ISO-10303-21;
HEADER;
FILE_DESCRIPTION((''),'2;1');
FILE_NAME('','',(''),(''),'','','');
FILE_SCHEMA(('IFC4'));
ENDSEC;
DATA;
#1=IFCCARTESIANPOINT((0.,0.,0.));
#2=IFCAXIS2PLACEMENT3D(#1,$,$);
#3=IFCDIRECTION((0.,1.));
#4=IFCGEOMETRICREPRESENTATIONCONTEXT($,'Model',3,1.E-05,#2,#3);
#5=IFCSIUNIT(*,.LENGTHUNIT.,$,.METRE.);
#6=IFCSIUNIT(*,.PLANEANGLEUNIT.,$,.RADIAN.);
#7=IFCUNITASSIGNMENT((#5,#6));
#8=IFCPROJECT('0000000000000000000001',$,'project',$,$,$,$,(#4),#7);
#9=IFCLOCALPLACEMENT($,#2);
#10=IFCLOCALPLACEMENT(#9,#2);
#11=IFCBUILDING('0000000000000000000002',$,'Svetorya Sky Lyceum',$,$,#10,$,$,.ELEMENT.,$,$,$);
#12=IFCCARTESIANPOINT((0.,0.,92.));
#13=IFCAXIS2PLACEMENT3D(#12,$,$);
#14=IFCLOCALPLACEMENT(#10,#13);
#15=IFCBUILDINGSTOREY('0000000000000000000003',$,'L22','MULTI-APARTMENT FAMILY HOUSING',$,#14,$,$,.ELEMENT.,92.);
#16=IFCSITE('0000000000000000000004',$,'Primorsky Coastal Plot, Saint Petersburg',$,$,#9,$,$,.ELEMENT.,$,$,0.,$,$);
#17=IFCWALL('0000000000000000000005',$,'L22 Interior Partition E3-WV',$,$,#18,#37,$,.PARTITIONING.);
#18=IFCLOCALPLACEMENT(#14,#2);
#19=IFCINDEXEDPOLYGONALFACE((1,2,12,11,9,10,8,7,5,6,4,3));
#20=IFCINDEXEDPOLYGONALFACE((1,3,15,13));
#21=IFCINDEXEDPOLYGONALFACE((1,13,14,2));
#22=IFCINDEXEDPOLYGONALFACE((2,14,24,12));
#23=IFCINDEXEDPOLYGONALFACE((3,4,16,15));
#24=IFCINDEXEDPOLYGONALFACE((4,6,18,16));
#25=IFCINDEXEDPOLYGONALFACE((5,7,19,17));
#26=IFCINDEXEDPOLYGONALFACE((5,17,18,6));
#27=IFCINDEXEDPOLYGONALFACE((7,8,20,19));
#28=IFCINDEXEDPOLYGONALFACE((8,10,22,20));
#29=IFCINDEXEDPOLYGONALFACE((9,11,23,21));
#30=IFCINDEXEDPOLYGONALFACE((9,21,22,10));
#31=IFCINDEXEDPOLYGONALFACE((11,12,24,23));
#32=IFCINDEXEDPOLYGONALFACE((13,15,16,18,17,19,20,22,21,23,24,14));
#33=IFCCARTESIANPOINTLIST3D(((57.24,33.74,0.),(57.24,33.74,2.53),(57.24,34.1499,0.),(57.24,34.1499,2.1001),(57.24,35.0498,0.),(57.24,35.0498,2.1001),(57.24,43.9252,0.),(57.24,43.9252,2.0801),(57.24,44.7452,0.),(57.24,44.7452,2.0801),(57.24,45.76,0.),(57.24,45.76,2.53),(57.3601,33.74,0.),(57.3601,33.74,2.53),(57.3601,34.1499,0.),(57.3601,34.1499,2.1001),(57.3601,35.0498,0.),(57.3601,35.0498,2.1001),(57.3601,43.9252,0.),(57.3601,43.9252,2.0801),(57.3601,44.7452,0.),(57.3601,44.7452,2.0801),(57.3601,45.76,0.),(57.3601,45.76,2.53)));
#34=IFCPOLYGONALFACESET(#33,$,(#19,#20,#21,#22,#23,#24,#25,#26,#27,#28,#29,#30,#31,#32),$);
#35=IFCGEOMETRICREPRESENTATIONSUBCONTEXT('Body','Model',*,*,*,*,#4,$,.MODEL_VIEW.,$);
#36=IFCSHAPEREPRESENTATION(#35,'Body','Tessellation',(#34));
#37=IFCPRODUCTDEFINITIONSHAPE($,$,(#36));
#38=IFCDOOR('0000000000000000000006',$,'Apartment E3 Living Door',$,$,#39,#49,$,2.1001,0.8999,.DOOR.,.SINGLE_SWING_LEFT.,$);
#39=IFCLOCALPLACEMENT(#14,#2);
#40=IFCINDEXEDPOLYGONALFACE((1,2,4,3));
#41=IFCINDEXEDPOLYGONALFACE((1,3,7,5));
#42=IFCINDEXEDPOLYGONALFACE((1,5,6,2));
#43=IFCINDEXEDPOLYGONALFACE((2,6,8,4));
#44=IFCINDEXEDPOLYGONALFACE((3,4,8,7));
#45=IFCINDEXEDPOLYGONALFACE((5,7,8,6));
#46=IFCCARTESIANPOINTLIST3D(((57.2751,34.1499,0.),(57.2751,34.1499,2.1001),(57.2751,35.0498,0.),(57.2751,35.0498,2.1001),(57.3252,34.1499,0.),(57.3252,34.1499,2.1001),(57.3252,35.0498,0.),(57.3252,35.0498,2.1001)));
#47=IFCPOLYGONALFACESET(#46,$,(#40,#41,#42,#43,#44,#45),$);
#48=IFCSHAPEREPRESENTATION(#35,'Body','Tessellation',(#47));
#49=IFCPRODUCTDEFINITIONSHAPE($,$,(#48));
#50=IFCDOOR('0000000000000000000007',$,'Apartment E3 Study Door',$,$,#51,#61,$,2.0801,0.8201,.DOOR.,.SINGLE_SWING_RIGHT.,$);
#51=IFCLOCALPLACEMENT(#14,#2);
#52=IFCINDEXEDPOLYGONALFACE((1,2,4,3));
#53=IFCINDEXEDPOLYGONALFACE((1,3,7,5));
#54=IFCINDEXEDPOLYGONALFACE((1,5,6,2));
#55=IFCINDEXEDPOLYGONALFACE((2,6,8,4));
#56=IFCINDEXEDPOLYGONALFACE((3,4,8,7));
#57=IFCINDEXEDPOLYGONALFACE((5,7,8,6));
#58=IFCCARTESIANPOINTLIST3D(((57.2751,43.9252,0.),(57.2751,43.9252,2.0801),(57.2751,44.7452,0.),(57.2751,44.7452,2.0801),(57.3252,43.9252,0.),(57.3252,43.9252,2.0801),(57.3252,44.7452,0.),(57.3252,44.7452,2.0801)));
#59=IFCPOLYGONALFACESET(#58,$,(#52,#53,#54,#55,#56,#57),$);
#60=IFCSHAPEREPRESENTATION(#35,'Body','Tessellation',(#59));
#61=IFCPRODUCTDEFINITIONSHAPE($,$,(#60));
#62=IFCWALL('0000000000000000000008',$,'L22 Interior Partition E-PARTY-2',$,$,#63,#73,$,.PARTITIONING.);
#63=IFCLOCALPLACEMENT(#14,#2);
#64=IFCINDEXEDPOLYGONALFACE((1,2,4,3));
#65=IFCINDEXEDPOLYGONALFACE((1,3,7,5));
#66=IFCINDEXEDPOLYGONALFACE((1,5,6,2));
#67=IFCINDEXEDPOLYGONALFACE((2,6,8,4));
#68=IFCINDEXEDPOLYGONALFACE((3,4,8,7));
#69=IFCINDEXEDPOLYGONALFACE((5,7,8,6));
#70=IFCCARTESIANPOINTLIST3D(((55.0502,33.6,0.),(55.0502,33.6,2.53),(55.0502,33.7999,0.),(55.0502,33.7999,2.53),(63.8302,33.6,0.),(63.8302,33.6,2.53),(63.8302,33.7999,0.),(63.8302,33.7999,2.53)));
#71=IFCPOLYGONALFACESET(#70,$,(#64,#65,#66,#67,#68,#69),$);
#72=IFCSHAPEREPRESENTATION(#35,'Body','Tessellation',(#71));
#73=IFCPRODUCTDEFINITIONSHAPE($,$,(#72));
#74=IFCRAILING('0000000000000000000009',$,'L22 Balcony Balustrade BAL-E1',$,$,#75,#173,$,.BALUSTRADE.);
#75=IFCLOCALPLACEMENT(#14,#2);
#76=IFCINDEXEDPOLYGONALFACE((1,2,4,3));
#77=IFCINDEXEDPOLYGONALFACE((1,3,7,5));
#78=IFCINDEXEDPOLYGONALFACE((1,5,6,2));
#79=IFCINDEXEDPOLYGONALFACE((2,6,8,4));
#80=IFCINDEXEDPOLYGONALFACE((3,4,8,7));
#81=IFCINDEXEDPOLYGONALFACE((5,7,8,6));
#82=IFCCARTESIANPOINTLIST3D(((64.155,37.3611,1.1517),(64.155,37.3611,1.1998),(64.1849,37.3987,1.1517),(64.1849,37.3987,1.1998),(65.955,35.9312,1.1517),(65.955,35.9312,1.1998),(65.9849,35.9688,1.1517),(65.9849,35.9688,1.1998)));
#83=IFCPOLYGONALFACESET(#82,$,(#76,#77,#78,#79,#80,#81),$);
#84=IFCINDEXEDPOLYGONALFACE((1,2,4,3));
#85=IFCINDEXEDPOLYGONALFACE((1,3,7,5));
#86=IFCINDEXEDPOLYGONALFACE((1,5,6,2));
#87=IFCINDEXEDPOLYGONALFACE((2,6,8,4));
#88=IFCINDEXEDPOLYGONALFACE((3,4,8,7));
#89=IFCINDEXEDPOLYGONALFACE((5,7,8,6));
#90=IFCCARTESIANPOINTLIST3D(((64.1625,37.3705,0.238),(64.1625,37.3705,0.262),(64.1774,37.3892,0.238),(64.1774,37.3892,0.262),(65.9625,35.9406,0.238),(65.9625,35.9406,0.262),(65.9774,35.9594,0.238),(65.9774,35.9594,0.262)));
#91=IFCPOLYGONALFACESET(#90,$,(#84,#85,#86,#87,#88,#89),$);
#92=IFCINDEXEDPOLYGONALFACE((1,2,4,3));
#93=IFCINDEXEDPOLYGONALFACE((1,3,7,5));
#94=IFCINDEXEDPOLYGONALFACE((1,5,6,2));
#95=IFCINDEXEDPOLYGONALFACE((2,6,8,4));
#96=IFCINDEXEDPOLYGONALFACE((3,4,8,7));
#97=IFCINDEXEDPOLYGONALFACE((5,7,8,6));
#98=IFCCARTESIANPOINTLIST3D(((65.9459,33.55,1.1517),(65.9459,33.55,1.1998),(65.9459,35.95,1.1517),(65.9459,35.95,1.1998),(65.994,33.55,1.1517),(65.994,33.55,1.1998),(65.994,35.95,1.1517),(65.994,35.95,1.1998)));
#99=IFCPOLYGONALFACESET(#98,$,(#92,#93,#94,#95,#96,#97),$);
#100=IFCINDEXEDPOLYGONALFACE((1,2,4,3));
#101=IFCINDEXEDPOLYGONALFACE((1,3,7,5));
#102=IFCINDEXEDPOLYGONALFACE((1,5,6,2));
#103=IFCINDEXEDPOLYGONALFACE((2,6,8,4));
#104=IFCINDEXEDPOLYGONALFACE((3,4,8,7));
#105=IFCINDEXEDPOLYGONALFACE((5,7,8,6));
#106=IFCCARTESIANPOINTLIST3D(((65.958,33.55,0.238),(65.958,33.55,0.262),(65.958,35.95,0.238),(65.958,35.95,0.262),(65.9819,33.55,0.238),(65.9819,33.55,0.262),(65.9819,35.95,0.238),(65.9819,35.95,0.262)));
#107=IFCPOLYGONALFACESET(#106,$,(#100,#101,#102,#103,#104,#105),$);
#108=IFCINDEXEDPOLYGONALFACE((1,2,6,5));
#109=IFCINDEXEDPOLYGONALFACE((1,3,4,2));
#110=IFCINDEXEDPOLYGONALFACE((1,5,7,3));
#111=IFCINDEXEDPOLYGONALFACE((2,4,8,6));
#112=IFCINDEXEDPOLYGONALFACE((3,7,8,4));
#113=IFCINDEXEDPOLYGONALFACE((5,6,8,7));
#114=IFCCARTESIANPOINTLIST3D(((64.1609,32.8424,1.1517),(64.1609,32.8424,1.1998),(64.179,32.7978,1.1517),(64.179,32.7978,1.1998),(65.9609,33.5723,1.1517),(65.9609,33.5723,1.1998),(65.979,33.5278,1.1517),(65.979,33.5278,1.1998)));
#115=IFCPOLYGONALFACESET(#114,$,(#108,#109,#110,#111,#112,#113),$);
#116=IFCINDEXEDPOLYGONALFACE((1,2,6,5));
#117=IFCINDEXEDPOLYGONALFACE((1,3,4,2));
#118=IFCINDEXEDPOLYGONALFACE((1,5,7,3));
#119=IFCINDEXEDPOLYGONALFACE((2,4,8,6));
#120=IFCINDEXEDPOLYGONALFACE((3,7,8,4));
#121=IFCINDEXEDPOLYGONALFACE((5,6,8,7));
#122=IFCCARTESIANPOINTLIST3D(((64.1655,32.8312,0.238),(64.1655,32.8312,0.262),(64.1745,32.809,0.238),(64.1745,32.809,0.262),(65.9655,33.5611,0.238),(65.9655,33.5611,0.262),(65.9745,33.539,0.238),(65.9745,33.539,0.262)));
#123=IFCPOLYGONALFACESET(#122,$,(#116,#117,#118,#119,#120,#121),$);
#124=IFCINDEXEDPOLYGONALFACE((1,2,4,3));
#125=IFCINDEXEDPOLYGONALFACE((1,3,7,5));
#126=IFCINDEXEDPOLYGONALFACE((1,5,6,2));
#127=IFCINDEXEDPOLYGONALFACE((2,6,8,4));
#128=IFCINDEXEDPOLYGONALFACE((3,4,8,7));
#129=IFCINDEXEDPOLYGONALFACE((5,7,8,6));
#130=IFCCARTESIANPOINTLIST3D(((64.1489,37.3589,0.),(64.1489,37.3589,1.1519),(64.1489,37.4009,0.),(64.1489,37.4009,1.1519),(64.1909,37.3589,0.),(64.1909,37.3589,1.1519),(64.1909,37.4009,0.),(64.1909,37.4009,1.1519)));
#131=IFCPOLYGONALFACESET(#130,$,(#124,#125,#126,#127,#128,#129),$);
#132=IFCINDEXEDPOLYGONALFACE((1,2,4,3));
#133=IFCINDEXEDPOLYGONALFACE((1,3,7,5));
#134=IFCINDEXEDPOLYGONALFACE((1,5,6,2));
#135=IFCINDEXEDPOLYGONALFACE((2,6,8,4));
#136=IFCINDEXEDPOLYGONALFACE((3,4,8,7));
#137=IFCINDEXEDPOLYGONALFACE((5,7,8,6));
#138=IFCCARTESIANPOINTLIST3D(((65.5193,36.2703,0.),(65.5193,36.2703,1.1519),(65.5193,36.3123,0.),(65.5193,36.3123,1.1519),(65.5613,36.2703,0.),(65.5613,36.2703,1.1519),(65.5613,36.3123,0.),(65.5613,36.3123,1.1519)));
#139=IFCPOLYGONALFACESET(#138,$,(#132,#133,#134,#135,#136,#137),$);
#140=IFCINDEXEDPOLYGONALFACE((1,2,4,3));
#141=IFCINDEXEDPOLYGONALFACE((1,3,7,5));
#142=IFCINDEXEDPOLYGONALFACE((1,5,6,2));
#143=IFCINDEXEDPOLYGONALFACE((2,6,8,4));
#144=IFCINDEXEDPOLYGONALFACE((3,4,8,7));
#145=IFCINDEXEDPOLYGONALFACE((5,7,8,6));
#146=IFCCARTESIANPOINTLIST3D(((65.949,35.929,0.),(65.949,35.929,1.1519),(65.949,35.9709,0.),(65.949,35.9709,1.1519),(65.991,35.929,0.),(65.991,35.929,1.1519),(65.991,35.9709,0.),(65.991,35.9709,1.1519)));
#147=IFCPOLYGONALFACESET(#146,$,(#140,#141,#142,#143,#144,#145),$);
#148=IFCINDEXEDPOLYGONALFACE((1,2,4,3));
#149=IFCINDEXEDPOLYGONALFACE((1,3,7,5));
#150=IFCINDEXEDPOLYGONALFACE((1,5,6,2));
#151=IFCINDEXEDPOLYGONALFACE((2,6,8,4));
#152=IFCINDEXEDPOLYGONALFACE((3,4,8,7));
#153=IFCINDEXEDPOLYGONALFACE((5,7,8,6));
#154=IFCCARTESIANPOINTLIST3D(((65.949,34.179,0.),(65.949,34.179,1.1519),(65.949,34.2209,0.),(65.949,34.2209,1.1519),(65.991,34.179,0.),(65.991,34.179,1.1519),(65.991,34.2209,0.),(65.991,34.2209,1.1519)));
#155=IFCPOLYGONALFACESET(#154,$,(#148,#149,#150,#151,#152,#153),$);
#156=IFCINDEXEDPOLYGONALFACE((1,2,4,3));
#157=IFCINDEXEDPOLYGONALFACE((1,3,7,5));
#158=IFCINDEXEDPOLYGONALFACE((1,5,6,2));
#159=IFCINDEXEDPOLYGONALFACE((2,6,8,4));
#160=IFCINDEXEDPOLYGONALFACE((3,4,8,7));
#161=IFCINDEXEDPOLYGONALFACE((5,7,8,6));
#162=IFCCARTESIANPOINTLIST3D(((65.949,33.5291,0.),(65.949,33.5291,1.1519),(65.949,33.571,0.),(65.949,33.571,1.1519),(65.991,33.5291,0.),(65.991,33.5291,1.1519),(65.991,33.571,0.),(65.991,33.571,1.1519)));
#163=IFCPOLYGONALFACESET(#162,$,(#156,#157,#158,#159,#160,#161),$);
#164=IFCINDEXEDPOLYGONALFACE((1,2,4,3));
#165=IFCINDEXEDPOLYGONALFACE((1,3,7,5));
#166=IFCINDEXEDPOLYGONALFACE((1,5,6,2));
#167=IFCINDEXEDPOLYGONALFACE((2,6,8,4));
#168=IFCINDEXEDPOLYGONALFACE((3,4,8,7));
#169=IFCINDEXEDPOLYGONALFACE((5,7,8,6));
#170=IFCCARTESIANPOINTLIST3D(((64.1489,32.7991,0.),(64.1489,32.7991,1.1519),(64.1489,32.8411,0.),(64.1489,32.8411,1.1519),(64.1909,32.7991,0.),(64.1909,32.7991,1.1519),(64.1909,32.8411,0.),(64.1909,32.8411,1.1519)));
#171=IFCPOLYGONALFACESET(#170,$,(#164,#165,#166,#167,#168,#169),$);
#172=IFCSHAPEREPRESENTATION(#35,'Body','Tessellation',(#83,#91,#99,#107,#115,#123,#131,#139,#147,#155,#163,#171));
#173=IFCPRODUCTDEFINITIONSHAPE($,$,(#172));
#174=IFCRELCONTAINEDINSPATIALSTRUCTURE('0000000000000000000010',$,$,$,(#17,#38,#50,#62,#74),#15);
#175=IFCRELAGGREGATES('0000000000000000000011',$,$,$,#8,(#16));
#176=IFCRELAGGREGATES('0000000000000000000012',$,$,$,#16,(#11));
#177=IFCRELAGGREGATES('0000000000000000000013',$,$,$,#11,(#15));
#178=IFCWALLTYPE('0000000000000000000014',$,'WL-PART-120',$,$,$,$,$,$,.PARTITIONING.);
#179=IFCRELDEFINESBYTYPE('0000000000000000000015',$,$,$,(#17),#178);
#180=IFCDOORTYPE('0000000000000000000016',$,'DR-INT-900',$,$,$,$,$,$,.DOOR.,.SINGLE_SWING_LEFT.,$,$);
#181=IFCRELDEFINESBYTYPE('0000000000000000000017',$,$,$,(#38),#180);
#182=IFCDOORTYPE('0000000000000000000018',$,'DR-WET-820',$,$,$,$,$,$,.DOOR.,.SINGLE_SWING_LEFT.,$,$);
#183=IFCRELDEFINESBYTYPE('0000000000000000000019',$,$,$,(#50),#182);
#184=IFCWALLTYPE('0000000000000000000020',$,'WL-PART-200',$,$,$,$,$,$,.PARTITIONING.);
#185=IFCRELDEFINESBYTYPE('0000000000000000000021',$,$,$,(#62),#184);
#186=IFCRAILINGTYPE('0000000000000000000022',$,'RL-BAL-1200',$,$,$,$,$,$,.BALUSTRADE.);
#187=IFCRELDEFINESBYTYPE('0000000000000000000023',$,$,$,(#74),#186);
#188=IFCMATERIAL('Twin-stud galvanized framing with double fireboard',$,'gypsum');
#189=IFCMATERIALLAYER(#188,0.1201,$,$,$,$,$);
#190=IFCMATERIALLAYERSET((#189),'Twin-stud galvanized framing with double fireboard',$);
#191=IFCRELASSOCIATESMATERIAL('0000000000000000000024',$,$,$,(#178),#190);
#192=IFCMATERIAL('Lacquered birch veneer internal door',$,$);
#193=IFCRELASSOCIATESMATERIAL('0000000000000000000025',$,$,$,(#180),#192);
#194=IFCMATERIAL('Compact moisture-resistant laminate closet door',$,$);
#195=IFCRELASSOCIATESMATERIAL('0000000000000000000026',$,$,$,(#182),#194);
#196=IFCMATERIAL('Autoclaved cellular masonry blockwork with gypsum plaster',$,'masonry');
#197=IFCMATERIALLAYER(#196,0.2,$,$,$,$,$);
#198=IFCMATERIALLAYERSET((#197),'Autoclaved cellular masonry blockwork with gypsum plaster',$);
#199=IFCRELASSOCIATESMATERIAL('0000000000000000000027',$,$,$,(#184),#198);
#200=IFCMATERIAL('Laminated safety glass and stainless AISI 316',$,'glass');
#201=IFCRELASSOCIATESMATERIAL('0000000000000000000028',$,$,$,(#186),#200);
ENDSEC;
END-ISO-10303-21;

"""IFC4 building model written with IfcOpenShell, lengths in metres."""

from ifc_helpers import new_model, si_unit, direction, frame, frame_2d, origin, origin_2d, place, context, subcontext, project, spatial, rectangle, extrude, material, layer, layer_set, type_object, element, fill, save


model = new_model("IFC4")

# Units and contexts
model_context = context("Model", 3, precision=1e-05, world=origin(), true_north=direction((0.0, 1.0)))
body_context = subcontext(model_context, "Body", "Model", "MODEL_VIEW")
ifc_project = project(units=[si_unit("LENGTHUNIT", "METRE"), si_unit("PLANEANGLEUNIT", "RADIAN")], contexts=[model_context])

# Site, building, storey
site_placement = place(None, origin())
site = spatial("IfcSite", under=ifc_project, at=site_placement, Name="Primorsky Coastal Plot, Saint Petersburg", CompositionType="ELEMENT", RefElevation=0.0)
building_placement = place(site_placement, origin())
building = spatial("IfcBuilding", under=site, at=building_placement, Name="Svetorya Sky Lyceum", CompositionType="ELEMENT")
storey_placement = place(building_placement, frame((0.0, 0.0, 92.0)))
storey = spatial("IfcBuildingStorey", under=building, at=storey_placement, Name="L22", Description="MULTI-APARTMENT FAMILY HOUSING", CompositionType="ELEMENT", Elevation=92.0)

# Shared definitions
ifc_material_1 = material(Name="Twin-stud galvanized framing with double fireboard", Category="gypsum")
ifc_layer_1 = layer(ifc_material_1, 0.1201)
ifc_layer_set_1 = layer_set([ifc_layer_1], Name="Twin-stud galvanized framing with double fireboard")
wall_type_1 = type_object("IfcWallType", Name="WL-PART-120", PredefinedType="PARTITIONING", material=ifc_layer_set_1)
ifc_material_2 = material(Name="Lacquered birch veneer internal door")
door_type_1 = type_object("IfcDoorType", Name="DR-INT-900", OperationType="SINGLE_SWING_LEFT", PredefinedType="DOOR", material=ifc_material_2)

# Wall, openings, doors
wall_1_placement = place(storey_placement, frame((57.3, 33.74, 0.0), z_axis=(0.0, 0.0, 1.0), x_axis=(0.0, 1.0, 0.0)))
wall_1 = element("IfcWall", 1, at=wall_1_placement, inside=storey, type_object=wall_type_1, Name="L22 Interior Partition E3-WV", PredefinedType="PARTITIONING", context=body_context, shape_type="SweptSolid", body=[
    extrude(rectangle(XDim=12.02, YDim=0.1201, at=frame_2d((6.01, 0.0))), origin(), (0.0, 0.0, 1.0), 2.53),
])
opening_1_placement = place(wall_1_placement, frame((0.4099, 0.0, 0.0)))
opening_1 = element("IfcOpeningElement", 2, at=opening_1_placement, cuts=wall_1, PredefinedType="OPENING", context=body_context, shape_type="SweptSolid", body=[
    extrude(rectangle(XDim=0.8999, YDim=2.1001, at=frame_2d((0.45, 1.05))), frame((0.0, 0.0701, 0.0), z_axis=(0.0, -1.0, 0.0), x_axis=(1.0, 0.0, 0.0)), (0.0, 0.0, 1.0), 0.1401),
])
opening_2_placement = place(wall_1_placement, frame((10.1851, 0.0, 0.0)))
opening_2 = element("IfcOpeningElement", 3, at=opening_2_placement, cuts=wall_1, PredefinedType="OPENING", context=body_context, shape_type="SweptSolid", body=[
    extrude(rectangle(XDim=0.8201, YDim=2.0801, at=frame_2d((0.4102, 1.04))), frame((0.0, 0.0701, 0.0), z_axis=(0.0, -1.0, 0.0), x_axis=(1.0, 0.0, 0.0)), (0.0, 0.0, 1.0), 0.1401),
])
door_1_placement = place(opening_1_placement, origin())
door_1 = element("IfcDoor", 4, at=door_1_placement, inside=storey, type_object=door_type_1, Name="Apartment E3 Living Door", OperationType="SINGLE_SWING_LEFT", OverallHeight=2.1001, OverallWidth=0.8999, PredefinedType="DOOR", context=body_context, shape_type="SweptSolid", body=[
    extrude(rectangle(XDim=0.8999, YDim=2.1001, at=frame_2d((0.45, 1.05))), frame((0.0, 0.0249, 0.0), z_axis=(0.0, -1.0, 0.0), x_axis=(1.0, 0.0, 0.0)), (0.0, 0.0, 1.0), 0.05),
])
fill(opening_1, door_1)
ifc_material_3 = material(Name="Compact moisture-resistant laminate closet door")
door_type_2 = type_object("IfcDoorType", Name="DR-WET-820", OperationType="SINGLE_SWING_LEFT", PredefinedType="DOOR", material=ifc_material_3)
door_2_placement = place(opening_2_placement, origin())
door_2 = element("IfcDoor", 5, at=door_2_placement, inside=storey, type_object=door_type_2, Name="Apartment E3 Study Door", OperationType="SINGLE_SWING_RIGHT", OverallHeight=2.0801, OverallWidth=0.8201, PredefinedType="DOOR", context=body_context, shape_type="SweptSolid", body=[
    extrude(rectangle(XDim=0.8201, YDim=2.0801, at=frame_2d((0.4102, 1.04))), frame((0.0, 0.0249, 0.0), z_axis=(0.0, -1.0, 0.0), x_axis=(1.0, 0.0, 0.0)), (0.0, 0.0, 1.0), 0.05),
])
fill(opening_2, door_2)

# Wall
ifc_material_4 = material(Name="Autoclaved cellular masonry blockwork with gypsum plaster", Category="masonry")
ifc_layer_2 = layer(ifc_material_4, 0.2)
ifc_layer_set_2 = layer_set([ifc_layer_2], Name="Autoclaved cellular masonry blockwork with gypsum plaster")
wall_type_2 = type_object("IfcWallType", Name="WL-PART-200", PredefinedType="PARTITIONING", material=ifc_layer_set_2)
wall_2_placement = place(storey_placement, frame((55.05, 33.7, 0.0), z_axis=(0.0, 0.0, 1.0), x_axis=(1.0, 0.0, 0.0)))
element("IfcWall", 6, at=wall_2_placement, inside=storey, type_object=wall_type_2, Name="L22 Interior Partition E-PARTY-2", PredefinedType="PARTITIONING", context=body_context, shape_type="SweptSolid", body=[
    extrude(rectangle(XDim=8.78, YDim=0.2, at=frame_2d((4.3901, 0.0))), origin(), (0.0, 0.0, 1.0), 2.53),
])

# Railing
ifc_material_5 = material(Name="Laminated safety glass and stainless AISI 316", Category="glass")
railing_type = type_object("IfcRailingType", Name="RL-BAL-1200", PredefinedType="BALUSTRADE", material=ifc_material_5)
railing_placement = place(storey_placement, frame((64.1699, 37.3799, 0.0)))
element("IfcRailing", 7, at=railing_placement, inside=storey, type_object=railing_type, Name="L22 Balcony Balustrade BAL-E1", PredefinedType="BALUSTRADE", context=body_context, shape_type="SweptSolid", body=[
    extrude(rectangle(XDim=0.0481, YDim=0.0481, at=origin_2d()), frame((0.0, 0.0, 1.1758), z_axis=(0.783009, -0.62201, 0.0), x_axis=(0.62201, 0.783009, 0.0)), (0.0, 0.0, 1.0), 2.2988),
    extrude(rectangle(XDim=0.0239, YDim=0.0239, at=origin_2d()), frame((0.0, 0.0, 0.25), z_axis=(0.783009, -0.62201, 0.0), x_axis=(0.62201, 0.783009, 0.0)), (0.0, 0.0, 1.0), 2.2988),
    extrude(rectangle(XDim=0.0481, YDim=0.0481, at=origin_2d()), frame((1.8, -1.4299, 1.1758), z_axis=(0.0, -1.0, 0.0), x_axis=(1.0, 0.0, 0.0)), (0.0, 0.0, 1.0), 2.3999),
    extrude(rectangle(XDim=0.0239, YDim=0.0239, at=origin_2d()), frame((1.8, -1.4299, 0.25), z_axis=(0.0, -1.0, 0.0), x_axis=(1.0, 0.0, 0.0)), (0.0, 0.0, 1.0), 2.3999),
    extrude(rectangle(XDim=0.0481, YDim=0.0481, at=origin_2d()), frame((1.8, -3.8298, 1.1758), z_axis=(-0.926698, -0.375807, 0.0), x_axis=(0.375807, -0.926698, 0.0)), (0.0, 0.0, 1.0), 1.9424),
    extrude(rectangle(XDim=0.0239, YDim=0.0239, at=origin_2d()), frame((1.8, -3.8298, 0.25), z_axis=(-0.926698, -0.375807, 0.0), x_axis=(0.375807, -0.926698, 0.0)), (0.0, 0.0, 1.0), 1.9424),
    extrude(rectangle(XDim=0.042, YDim=0.042, at=origin_2d()), origin(), (0.0, 0.0, 1.0), 1.1519),
    extrude(rectangle(XDim=0.042, YDim=0.042, at=origin_2d()), frame((1.3704, -1.0886, 0.0)), (0.0, 0.0, 1.0), 1.1519),
    extrude(rectangle(XDim=0.042, YDim=0.042, at=origin_2d()), frame((1.8, -1.4299, 0.0)), (0.0, 0.0, 1.0), 1.1519),
    extrude(rectangle(XDim=0.042, YDim=0.042, at=origin_2d()), frame((1.8, -3.1799, 0.0)), (0.0, 0.0, 1.0), 1.1519),
    extrude(rectangle(XDim=0.042, YDim=0.042, at=origin_2d()), frame((1.8, -3.8298, 0.0)), (0.0, 0.0, 1.0), 1.1519),
    extrude(rectangle(XDim=0.042, YDim=0.042, at=origin_2d()), frame((0.0, -4.5598, 0.0)), (0.0, 0.0, 1.0), 1.1519),
])

save(model, "model.ifc")
